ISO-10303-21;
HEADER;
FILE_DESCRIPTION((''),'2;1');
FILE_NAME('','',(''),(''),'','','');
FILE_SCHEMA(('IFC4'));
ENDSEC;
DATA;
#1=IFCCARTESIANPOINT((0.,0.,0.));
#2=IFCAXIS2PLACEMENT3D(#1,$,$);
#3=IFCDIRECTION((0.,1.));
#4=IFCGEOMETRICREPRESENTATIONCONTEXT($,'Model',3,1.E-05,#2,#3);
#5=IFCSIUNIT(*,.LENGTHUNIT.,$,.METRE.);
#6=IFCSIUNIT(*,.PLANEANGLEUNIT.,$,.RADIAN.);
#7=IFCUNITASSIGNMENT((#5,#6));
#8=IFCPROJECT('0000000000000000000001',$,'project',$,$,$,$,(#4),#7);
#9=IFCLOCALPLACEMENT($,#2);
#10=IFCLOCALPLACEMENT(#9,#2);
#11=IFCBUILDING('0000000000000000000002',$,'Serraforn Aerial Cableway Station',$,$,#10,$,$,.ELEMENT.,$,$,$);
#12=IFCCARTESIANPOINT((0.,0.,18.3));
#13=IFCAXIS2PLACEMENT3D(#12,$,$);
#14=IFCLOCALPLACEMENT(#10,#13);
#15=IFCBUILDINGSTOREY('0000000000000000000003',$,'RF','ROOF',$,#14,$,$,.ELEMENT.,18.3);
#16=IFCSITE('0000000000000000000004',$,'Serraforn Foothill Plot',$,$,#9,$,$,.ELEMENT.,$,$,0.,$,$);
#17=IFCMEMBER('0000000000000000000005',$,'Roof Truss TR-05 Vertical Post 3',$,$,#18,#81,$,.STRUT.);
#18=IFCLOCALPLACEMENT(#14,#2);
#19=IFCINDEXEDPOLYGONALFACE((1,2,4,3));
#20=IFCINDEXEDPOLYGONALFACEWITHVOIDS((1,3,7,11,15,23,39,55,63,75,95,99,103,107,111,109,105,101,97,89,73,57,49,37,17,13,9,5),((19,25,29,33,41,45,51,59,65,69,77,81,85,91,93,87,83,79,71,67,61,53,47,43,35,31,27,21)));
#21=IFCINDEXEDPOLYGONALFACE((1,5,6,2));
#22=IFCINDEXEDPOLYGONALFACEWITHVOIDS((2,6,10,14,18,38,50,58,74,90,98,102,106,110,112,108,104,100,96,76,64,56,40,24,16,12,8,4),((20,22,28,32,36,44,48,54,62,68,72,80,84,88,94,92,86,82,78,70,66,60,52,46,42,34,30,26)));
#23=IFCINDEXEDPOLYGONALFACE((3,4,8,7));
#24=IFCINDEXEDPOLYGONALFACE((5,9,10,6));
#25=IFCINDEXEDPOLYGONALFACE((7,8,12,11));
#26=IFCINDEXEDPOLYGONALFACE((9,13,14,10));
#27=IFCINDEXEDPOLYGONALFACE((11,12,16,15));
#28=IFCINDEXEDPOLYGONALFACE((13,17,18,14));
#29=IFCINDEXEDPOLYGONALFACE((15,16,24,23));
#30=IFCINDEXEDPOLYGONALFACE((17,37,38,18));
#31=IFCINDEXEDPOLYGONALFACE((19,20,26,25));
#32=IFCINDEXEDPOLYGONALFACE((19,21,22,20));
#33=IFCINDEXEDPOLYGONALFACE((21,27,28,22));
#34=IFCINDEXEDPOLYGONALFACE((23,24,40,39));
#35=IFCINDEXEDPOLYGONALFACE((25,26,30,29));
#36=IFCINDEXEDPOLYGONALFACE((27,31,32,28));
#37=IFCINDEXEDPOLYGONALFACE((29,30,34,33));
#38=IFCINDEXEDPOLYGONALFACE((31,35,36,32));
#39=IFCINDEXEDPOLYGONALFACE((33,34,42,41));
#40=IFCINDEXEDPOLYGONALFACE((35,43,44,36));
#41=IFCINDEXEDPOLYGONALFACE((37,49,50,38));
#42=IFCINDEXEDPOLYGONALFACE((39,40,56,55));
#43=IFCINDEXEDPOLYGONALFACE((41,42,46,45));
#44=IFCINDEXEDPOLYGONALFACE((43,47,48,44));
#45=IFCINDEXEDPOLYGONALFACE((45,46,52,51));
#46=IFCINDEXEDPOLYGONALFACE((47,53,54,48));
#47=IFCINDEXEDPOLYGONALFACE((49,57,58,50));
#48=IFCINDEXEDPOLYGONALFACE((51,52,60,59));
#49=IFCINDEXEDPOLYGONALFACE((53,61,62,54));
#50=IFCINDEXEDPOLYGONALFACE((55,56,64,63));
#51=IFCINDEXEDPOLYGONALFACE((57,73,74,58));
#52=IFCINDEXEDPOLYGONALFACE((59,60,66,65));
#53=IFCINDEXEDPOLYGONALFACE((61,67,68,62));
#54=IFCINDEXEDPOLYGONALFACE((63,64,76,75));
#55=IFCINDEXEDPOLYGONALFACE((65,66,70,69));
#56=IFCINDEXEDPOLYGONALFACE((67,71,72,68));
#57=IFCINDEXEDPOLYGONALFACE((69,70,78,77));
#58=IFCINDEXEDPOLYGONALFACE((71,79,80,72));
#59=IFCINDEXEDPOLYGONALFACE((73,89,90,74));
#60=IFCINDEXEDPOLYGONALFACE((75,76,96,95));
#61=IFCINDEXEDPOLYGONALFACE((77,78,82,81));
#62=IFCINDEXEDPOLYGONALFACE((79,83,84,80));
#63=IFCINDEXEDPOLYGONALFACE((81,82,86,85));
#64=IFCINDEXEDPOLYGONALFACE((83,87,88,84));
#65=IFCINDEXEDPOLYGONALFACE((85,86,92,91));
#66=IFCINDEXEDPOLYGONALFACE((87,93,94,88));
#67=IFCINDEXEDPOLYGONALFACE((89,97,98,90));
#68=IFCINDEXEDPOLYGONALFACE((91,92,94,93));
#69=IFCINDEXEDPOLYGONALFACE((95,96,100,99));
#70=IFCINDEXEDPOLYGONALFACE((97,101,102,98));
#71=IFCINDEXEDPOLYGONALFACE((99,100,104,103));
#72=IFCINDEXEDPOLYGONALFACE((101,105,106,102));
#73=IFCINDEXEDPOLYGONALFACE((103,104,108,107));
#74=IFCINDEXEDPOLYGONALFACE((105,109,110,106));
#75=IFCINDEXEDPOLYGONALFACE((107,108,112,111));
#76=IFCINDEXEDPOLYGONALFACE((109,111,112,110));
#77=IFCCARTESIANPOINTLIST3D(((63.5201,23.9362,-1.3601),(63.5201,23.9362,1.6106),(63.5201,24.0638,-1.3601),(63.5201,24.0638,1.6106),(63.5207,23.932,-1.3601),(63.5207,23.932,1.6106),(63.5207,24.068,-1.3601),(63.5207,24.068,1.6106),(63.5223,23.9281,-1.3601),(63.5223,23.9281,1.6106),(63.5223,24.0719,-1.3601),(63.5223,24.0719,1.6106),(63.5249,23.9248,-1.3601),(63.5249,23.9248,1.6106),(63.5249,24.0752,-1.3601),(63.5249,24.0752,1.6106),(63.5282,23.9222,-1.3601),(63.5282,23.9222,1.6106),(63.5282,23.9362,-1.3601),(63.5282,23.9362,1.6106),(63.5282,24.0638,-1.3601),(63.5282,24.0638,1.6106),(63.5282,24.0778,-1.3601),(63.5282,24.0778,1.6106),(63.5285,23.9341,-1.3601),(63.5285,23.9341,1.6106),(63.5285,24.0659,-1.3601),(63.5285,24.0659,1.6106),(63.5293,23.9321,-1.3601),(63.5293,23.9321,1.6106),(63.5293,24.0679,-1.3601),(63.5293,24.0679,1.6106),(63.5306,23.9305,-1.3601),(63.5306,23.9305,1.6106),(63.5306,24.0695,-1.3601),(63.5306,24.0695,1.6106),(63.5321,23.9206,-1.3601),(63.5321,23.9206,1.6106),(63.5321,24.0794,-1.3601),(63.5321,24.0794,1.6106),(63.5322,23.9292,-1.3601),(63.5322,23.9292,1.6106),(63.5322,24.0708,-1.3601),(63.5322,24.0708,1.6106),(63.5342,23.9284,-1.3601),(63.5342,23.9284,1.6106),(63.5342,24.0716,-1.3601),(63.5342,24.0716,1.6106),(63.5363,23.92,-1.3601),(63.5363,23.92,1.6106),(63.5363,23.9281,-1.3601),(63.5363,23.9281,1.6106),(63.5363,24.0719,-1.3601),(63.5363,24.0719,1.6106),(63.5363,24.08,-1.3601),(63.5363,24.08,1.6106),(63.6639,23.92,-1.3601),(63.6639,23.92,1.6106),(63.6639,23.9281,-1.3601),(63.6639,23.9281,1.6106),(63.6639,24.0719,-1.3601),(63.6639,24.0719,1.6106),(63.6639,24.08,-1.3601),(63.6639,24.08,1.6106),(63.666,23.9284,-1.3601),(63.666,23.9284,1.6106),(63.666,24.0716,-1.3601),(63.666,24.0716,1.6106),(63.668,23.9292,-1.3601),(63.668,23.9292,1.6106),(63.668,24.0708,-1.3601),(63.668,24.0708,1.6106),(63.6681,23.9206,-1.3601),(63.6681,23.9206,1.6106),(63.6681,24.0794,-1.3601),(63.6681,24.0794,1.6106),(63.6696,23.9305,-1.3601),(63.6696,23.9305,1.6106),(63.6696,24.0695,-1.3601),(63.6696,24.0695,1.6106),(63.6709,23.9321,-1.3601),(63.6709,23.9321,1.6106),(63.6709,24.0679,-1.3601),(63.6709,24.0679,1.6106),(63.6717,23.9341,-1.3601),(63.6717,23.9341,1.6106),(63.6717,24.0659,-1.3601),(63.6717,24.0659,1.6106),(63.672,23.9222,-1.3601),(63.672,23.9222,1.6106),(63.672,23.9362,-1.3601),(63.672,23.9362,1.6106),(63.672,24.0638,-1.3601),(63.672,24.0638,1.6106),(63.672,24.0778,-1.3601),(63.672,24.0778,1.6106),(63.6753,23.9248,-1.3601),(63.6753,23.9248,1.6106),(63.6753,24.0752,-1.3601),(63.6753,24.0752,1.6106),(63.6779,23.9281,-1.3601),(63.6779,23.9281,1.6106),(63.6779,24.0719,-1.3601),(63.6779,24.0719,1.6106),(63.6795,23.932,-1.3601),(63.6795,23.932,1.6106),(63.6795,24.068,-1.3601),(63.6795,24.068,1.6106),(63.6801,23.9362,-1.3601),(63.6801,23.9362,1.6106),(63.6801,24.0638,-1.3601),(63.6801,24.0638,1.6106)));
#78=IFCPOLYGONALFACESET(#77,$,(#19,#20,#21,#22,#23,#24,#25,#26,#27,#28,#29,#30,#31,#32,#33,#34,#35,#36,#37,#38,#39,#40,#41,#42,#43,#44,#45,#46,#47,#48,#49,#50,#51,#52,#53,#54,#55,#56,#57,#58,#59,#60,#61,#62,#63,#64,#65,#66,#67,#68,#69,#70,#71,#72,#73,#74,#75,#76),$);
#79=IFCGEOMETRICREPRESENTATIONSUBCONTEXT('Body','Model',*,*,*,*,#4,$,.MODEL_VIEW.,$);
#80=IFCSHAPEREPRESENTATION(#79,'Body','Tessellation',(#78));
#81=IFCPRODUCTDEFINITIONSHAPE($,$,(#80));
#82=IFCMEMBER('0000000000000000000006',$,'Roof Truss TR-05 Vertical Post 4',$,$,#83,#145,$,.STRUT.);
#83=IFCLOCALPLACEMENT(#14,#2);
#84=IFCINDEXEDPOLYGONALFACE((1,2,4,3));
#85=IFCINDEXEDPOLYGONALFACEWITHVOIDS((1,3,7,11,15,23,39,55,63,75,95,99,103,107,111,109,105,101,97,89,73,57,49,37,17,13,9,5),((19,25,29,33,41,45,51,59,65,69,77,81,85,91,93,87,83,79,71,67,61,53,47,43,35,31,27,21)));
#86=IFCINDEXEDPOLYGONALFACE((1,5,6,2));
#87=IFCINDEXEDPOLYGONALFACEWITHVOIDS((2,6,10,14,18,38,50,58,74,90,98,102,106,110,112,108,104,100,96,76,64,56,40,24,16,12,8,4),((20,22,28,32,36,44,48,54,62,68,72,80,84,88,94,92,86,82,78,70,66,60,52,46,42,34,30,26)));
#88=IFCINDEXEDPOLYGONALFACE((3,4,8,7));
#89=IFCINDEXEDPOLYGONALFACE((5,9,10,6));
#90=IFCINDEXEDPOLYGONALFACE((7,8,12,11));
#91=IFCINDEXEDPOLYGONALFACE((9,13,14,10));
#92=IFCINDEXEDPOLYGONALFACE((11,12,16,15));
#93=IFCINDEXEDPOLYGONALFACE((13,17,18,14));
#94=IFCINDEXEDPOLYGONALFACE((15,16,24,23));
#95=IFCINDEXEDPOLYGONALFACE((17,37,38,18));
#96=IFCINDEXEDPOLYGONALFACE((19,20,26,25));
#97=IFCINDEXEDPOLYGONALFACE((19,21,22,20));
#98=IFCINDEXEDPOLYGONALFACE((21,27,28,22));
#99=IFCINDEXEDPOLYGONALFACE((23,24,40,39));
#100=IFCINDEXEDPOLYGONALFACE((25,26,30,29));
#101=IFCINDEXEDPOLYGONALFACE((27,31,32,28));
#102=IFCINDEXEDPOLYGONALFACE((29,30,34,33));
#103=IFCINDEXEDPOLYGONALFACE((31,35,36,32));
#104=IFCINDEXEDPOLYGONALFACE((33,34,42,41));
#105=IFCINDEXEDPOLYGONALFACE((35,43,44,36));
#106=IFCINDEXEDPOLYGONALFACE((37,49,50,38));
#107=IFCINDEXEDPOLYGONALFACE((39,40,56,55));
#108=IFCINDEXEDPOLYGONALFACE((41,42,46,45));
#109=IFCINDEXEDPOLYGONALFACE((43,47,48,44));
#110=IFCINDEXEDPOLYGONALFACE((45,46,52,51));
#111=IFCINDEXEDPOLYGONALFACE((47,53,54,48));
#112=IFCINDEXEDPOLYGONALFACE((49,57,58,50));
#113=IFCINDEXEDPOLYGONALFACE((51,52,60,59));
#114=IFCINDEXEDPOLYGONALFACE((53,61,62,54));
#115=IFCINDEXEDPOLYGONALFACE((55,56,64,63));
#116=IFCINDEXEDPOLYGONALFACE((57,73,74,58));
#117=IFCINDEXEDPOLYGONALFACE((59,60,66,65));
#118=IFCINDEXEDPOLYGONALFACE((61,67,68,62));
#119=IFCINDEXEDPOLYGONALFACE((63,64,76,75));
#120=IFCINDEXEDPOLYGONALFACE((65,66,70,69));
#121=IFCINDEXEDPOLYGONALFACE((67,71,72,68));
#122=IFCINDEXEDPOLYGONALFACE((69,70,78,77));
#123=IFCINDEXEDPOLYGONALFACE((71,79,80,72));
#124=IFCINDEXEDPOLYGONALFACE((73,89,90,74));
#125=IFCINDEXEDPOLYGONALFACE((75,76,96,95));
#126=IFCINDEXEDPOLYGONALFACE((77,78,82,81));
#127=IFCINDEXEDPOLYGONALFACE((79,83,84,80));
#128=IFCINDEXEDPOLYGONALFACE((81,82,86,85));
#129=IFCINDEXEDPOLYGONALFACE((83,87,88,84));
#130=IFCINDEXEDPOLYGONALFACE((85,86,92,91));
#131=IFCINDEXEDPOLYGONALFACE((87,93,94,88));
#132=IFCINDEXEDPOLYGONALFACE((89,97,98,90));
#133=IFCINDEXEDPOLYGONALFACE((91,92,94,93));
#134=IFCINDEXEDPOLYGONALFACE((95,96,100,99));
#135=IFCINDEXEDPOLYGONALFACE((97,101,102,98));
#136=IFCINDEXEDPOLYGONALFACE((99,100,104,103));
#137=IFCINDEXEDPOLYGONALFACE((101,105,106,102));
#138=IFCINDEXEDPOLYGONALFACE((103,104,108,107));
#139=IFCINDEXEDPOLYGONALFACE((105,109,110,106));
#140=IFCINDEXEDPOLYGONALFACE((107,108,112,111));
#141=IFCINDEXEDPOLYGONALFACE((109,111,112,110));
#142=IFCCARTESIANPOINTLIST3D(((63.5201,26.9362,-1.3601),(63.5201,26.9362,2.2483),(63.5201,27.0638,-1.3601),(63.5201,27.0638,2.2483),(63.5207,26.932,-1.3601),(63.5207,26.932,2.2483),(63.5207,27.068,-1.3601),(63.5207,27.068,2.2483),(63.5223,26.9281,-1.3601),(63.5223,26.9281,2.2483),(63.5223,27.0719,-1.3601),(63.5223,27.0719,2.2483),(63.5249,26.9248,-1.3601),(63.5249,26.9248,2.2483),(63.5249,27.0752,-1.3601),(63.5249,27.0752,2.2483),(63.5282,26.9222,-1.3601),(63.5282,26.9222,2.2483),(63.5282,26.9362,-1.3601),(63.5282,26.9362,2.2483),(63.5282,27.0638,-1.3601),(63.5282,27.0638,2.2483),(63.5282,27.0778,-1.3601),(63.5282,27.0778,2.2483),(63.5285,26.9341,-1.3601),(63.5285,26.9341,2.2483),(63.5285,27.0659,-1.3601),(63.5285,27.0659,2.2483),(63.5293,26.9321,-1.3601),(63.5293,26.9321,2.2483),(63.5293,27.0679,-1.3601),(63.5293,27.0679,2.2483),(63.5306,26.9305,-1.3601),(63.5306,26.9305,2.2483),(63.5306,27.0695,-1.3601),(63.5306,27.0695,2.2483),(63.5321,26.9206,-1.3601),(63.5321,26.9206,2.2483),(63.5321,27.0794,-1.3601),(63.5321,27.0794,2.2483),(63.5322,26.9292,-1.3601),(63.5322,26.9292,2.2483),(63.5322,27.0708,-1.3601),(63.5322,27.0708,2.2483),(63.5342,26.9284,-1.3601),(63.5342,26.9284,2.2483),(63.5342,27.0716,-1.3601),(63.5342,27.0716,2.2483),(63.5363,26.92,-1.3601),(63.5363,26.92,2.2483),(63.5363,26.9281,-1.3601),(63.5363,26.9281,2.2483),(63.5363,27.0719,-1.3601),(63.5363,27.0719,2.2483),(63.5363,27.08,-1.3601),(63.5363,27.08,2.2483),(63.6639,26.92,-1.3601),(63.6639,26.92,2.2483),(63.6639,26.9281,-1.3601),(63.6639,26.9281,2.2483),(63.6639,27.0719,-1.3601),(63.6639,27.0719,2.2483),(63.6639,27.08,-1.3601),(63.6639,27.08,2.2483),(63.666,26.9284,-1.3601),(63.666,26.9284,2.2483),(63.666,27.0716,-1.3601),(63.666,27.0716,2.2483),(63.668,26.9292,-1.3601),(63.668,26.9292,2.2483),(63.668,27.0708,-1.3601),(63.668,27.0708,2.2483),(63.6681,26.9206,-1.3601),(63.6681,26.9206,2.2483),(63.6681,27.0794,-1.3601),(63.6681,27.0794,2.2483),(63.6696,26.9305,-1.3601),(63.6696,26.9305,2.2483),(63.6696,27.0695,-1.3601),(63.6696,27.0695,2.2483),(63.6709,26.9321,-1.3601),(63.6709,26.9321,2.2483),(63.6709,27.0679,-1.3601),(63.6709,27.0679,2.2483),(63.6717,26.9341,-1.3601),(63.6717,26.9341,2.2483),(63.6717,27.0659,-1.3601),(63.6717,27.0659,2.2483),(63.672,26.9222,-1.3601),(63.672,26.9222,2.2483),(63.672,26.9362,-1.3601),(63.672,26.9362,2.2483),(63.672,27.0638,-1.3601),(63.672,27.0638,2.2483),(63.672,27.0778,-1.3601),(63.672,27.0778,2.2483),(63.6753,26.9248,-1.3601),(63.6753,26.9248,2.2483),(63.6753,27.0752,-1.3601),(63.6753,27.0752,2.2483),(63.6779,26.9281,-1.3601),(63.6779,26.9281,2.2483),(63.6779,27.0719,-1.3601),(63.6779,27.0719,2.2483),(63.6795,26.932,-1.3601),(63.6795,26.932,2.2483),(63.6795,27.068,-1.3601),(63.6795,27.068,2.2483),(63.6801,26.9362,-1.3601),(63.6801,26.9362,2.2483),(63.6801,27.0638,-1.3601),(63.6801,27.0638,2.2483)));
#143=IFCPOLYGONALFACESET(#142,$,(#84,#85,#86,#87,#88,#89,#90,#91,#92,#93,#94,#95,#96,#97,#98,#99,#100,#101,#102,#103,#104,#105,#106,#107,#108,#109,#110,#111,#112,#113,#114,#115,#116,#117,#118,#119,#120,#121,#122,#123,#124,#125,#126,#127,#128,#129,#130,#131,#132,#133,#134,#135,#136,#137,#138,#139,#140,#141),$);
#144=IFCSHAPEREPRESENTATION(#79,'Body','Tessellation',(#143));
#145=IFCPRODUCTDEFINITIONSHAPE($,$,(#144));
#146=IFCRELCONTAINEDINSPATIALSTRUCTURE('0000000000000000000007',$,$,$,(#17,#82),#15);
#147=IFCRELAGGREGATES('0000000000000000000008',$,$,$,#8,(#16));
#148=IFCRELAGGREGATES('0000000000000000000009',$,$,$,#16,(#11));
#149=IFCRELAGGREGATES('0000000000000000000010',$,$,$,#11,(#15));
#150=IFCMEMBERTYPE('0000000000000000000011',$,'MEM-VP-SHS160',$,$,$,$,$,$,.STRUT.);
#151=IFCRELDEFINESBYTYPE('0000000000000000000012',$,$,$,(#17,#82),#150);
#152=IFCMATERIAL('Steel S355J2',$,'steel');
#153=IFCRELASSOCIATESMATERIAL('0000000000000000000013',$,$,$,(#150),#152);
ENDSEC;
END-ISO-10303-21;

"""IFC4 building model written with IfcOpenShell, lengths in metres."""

from ifc_helpers import new_model, si_unit, direction, frame, origin, origin_2d, place, context, subcontext, project, spatial, hollow_rectangle, extrude, material, material_profile, profile_set, type_object, element, save


model = new_model("IFC4")

# Units and contexts
model_context = context("Model", 3, precision=1e-05, world=origin(), true_north=direction((0.0, 1.0)))
body_context = subcontext(model_context, "Body", "Model", "MODEL_VIEW")
ifc_project = project(units=[si_unit("LENGTHUNIT", "METRE"), si_unit("PLANEANGLEUNIT", "RADIAN")], contexts=[model_context])

# Site, building, storey
site_placement = place(None, origin())
site = spatial("IfcSite", under=ifc_project, at=site_placement, Name="Serraforn Foothill Plot", CompositionType="ELEMENT", RefElevation=0.0)
building_placement = place(site_placement, origin())
building = spatial("IfcBuilding", under=site, at=building_placement, Name="Serraforn Aerial Cableway Station", CompositionType="ELEMENT")
storey_placement = place(building_placement, frame((0.0, 0.0, 18.3)))
storey = spatial("IfcBuildingStorey", under=building, at=storey_placement, Name="RF", Description="ROOF", CompositionType="ELEMENT", Elevation=18.3)

# Members
ifc_material_1 = material(Name="Steel S355J2", Category="steel")
ifc_material_profile_1 = material_profile(ifc_material_1, hollow_rectangle(XDim=0.1599, YDim=0.1599, WallThickness=0.0081, InnerFilletRadius=0.0081, OuterFilletRadius=0.0161, at=origin_2d()), Name="SHS 160x160x8.0")
ifc_profile_set_1 = profile_set([ifc_material_profile_1], Name="Steel S355J2")
member_type_1 = type_object("IfcMemberType", Name="MEM-VP-SHS160", PredefinedType="STRUT", material=ifc_profile_set_1)
member_1_placement = place(storey_placement, frame((63.6001, 24.0, -1.3601), z_axis=(0.0, 0.0, 1.0), x_axis=(1.0, 0.0, 0.0)))
element("IfcMember", 1, at=member_1_placement, inside=storey, type_object=member_type_1, Name="Roof Truss TR-05 Vertical Post 3", PredefinedType="STRUT", context=body_context, shape_type="SweptSolid", body=[
    extrude(hollow_rectangle(XDim=0.1599, YDim=0.1599, WallThickness=0.0081, InnerFilletRadius=0.0081, OuterFilletRadius=0.0161, at=origin_2d()), origin(), (0.0, 0.0, 1.0), 2.9707),
])
member_2_placement = place(storey_placement, frame((63.6001, 27.0, -1.3601), z_axis=(0.0, 0.0, 1.0), x_axis=(1.0, 0.0, 0.0)))
element("IfcMember", 2, at=member_2_placement, inside=storey, type_object=member_type_1, Name="Roof Truss TR-05 Vertical Post 4", PredefinedType="STRUT", context=body_context, shape_type="SweptSolid", body=[
    extrude(hollow_rectangle(XDim=0.1599, YDim=0.1599, WallThickness=0.0081, InnerFilletRadius=0.0081, OuterFilletRadius=0.0161, at=origin_2d()), origin(), (0.0, 0.0, 1.0), 3.6084),
])

save(model, "model.ifc")
